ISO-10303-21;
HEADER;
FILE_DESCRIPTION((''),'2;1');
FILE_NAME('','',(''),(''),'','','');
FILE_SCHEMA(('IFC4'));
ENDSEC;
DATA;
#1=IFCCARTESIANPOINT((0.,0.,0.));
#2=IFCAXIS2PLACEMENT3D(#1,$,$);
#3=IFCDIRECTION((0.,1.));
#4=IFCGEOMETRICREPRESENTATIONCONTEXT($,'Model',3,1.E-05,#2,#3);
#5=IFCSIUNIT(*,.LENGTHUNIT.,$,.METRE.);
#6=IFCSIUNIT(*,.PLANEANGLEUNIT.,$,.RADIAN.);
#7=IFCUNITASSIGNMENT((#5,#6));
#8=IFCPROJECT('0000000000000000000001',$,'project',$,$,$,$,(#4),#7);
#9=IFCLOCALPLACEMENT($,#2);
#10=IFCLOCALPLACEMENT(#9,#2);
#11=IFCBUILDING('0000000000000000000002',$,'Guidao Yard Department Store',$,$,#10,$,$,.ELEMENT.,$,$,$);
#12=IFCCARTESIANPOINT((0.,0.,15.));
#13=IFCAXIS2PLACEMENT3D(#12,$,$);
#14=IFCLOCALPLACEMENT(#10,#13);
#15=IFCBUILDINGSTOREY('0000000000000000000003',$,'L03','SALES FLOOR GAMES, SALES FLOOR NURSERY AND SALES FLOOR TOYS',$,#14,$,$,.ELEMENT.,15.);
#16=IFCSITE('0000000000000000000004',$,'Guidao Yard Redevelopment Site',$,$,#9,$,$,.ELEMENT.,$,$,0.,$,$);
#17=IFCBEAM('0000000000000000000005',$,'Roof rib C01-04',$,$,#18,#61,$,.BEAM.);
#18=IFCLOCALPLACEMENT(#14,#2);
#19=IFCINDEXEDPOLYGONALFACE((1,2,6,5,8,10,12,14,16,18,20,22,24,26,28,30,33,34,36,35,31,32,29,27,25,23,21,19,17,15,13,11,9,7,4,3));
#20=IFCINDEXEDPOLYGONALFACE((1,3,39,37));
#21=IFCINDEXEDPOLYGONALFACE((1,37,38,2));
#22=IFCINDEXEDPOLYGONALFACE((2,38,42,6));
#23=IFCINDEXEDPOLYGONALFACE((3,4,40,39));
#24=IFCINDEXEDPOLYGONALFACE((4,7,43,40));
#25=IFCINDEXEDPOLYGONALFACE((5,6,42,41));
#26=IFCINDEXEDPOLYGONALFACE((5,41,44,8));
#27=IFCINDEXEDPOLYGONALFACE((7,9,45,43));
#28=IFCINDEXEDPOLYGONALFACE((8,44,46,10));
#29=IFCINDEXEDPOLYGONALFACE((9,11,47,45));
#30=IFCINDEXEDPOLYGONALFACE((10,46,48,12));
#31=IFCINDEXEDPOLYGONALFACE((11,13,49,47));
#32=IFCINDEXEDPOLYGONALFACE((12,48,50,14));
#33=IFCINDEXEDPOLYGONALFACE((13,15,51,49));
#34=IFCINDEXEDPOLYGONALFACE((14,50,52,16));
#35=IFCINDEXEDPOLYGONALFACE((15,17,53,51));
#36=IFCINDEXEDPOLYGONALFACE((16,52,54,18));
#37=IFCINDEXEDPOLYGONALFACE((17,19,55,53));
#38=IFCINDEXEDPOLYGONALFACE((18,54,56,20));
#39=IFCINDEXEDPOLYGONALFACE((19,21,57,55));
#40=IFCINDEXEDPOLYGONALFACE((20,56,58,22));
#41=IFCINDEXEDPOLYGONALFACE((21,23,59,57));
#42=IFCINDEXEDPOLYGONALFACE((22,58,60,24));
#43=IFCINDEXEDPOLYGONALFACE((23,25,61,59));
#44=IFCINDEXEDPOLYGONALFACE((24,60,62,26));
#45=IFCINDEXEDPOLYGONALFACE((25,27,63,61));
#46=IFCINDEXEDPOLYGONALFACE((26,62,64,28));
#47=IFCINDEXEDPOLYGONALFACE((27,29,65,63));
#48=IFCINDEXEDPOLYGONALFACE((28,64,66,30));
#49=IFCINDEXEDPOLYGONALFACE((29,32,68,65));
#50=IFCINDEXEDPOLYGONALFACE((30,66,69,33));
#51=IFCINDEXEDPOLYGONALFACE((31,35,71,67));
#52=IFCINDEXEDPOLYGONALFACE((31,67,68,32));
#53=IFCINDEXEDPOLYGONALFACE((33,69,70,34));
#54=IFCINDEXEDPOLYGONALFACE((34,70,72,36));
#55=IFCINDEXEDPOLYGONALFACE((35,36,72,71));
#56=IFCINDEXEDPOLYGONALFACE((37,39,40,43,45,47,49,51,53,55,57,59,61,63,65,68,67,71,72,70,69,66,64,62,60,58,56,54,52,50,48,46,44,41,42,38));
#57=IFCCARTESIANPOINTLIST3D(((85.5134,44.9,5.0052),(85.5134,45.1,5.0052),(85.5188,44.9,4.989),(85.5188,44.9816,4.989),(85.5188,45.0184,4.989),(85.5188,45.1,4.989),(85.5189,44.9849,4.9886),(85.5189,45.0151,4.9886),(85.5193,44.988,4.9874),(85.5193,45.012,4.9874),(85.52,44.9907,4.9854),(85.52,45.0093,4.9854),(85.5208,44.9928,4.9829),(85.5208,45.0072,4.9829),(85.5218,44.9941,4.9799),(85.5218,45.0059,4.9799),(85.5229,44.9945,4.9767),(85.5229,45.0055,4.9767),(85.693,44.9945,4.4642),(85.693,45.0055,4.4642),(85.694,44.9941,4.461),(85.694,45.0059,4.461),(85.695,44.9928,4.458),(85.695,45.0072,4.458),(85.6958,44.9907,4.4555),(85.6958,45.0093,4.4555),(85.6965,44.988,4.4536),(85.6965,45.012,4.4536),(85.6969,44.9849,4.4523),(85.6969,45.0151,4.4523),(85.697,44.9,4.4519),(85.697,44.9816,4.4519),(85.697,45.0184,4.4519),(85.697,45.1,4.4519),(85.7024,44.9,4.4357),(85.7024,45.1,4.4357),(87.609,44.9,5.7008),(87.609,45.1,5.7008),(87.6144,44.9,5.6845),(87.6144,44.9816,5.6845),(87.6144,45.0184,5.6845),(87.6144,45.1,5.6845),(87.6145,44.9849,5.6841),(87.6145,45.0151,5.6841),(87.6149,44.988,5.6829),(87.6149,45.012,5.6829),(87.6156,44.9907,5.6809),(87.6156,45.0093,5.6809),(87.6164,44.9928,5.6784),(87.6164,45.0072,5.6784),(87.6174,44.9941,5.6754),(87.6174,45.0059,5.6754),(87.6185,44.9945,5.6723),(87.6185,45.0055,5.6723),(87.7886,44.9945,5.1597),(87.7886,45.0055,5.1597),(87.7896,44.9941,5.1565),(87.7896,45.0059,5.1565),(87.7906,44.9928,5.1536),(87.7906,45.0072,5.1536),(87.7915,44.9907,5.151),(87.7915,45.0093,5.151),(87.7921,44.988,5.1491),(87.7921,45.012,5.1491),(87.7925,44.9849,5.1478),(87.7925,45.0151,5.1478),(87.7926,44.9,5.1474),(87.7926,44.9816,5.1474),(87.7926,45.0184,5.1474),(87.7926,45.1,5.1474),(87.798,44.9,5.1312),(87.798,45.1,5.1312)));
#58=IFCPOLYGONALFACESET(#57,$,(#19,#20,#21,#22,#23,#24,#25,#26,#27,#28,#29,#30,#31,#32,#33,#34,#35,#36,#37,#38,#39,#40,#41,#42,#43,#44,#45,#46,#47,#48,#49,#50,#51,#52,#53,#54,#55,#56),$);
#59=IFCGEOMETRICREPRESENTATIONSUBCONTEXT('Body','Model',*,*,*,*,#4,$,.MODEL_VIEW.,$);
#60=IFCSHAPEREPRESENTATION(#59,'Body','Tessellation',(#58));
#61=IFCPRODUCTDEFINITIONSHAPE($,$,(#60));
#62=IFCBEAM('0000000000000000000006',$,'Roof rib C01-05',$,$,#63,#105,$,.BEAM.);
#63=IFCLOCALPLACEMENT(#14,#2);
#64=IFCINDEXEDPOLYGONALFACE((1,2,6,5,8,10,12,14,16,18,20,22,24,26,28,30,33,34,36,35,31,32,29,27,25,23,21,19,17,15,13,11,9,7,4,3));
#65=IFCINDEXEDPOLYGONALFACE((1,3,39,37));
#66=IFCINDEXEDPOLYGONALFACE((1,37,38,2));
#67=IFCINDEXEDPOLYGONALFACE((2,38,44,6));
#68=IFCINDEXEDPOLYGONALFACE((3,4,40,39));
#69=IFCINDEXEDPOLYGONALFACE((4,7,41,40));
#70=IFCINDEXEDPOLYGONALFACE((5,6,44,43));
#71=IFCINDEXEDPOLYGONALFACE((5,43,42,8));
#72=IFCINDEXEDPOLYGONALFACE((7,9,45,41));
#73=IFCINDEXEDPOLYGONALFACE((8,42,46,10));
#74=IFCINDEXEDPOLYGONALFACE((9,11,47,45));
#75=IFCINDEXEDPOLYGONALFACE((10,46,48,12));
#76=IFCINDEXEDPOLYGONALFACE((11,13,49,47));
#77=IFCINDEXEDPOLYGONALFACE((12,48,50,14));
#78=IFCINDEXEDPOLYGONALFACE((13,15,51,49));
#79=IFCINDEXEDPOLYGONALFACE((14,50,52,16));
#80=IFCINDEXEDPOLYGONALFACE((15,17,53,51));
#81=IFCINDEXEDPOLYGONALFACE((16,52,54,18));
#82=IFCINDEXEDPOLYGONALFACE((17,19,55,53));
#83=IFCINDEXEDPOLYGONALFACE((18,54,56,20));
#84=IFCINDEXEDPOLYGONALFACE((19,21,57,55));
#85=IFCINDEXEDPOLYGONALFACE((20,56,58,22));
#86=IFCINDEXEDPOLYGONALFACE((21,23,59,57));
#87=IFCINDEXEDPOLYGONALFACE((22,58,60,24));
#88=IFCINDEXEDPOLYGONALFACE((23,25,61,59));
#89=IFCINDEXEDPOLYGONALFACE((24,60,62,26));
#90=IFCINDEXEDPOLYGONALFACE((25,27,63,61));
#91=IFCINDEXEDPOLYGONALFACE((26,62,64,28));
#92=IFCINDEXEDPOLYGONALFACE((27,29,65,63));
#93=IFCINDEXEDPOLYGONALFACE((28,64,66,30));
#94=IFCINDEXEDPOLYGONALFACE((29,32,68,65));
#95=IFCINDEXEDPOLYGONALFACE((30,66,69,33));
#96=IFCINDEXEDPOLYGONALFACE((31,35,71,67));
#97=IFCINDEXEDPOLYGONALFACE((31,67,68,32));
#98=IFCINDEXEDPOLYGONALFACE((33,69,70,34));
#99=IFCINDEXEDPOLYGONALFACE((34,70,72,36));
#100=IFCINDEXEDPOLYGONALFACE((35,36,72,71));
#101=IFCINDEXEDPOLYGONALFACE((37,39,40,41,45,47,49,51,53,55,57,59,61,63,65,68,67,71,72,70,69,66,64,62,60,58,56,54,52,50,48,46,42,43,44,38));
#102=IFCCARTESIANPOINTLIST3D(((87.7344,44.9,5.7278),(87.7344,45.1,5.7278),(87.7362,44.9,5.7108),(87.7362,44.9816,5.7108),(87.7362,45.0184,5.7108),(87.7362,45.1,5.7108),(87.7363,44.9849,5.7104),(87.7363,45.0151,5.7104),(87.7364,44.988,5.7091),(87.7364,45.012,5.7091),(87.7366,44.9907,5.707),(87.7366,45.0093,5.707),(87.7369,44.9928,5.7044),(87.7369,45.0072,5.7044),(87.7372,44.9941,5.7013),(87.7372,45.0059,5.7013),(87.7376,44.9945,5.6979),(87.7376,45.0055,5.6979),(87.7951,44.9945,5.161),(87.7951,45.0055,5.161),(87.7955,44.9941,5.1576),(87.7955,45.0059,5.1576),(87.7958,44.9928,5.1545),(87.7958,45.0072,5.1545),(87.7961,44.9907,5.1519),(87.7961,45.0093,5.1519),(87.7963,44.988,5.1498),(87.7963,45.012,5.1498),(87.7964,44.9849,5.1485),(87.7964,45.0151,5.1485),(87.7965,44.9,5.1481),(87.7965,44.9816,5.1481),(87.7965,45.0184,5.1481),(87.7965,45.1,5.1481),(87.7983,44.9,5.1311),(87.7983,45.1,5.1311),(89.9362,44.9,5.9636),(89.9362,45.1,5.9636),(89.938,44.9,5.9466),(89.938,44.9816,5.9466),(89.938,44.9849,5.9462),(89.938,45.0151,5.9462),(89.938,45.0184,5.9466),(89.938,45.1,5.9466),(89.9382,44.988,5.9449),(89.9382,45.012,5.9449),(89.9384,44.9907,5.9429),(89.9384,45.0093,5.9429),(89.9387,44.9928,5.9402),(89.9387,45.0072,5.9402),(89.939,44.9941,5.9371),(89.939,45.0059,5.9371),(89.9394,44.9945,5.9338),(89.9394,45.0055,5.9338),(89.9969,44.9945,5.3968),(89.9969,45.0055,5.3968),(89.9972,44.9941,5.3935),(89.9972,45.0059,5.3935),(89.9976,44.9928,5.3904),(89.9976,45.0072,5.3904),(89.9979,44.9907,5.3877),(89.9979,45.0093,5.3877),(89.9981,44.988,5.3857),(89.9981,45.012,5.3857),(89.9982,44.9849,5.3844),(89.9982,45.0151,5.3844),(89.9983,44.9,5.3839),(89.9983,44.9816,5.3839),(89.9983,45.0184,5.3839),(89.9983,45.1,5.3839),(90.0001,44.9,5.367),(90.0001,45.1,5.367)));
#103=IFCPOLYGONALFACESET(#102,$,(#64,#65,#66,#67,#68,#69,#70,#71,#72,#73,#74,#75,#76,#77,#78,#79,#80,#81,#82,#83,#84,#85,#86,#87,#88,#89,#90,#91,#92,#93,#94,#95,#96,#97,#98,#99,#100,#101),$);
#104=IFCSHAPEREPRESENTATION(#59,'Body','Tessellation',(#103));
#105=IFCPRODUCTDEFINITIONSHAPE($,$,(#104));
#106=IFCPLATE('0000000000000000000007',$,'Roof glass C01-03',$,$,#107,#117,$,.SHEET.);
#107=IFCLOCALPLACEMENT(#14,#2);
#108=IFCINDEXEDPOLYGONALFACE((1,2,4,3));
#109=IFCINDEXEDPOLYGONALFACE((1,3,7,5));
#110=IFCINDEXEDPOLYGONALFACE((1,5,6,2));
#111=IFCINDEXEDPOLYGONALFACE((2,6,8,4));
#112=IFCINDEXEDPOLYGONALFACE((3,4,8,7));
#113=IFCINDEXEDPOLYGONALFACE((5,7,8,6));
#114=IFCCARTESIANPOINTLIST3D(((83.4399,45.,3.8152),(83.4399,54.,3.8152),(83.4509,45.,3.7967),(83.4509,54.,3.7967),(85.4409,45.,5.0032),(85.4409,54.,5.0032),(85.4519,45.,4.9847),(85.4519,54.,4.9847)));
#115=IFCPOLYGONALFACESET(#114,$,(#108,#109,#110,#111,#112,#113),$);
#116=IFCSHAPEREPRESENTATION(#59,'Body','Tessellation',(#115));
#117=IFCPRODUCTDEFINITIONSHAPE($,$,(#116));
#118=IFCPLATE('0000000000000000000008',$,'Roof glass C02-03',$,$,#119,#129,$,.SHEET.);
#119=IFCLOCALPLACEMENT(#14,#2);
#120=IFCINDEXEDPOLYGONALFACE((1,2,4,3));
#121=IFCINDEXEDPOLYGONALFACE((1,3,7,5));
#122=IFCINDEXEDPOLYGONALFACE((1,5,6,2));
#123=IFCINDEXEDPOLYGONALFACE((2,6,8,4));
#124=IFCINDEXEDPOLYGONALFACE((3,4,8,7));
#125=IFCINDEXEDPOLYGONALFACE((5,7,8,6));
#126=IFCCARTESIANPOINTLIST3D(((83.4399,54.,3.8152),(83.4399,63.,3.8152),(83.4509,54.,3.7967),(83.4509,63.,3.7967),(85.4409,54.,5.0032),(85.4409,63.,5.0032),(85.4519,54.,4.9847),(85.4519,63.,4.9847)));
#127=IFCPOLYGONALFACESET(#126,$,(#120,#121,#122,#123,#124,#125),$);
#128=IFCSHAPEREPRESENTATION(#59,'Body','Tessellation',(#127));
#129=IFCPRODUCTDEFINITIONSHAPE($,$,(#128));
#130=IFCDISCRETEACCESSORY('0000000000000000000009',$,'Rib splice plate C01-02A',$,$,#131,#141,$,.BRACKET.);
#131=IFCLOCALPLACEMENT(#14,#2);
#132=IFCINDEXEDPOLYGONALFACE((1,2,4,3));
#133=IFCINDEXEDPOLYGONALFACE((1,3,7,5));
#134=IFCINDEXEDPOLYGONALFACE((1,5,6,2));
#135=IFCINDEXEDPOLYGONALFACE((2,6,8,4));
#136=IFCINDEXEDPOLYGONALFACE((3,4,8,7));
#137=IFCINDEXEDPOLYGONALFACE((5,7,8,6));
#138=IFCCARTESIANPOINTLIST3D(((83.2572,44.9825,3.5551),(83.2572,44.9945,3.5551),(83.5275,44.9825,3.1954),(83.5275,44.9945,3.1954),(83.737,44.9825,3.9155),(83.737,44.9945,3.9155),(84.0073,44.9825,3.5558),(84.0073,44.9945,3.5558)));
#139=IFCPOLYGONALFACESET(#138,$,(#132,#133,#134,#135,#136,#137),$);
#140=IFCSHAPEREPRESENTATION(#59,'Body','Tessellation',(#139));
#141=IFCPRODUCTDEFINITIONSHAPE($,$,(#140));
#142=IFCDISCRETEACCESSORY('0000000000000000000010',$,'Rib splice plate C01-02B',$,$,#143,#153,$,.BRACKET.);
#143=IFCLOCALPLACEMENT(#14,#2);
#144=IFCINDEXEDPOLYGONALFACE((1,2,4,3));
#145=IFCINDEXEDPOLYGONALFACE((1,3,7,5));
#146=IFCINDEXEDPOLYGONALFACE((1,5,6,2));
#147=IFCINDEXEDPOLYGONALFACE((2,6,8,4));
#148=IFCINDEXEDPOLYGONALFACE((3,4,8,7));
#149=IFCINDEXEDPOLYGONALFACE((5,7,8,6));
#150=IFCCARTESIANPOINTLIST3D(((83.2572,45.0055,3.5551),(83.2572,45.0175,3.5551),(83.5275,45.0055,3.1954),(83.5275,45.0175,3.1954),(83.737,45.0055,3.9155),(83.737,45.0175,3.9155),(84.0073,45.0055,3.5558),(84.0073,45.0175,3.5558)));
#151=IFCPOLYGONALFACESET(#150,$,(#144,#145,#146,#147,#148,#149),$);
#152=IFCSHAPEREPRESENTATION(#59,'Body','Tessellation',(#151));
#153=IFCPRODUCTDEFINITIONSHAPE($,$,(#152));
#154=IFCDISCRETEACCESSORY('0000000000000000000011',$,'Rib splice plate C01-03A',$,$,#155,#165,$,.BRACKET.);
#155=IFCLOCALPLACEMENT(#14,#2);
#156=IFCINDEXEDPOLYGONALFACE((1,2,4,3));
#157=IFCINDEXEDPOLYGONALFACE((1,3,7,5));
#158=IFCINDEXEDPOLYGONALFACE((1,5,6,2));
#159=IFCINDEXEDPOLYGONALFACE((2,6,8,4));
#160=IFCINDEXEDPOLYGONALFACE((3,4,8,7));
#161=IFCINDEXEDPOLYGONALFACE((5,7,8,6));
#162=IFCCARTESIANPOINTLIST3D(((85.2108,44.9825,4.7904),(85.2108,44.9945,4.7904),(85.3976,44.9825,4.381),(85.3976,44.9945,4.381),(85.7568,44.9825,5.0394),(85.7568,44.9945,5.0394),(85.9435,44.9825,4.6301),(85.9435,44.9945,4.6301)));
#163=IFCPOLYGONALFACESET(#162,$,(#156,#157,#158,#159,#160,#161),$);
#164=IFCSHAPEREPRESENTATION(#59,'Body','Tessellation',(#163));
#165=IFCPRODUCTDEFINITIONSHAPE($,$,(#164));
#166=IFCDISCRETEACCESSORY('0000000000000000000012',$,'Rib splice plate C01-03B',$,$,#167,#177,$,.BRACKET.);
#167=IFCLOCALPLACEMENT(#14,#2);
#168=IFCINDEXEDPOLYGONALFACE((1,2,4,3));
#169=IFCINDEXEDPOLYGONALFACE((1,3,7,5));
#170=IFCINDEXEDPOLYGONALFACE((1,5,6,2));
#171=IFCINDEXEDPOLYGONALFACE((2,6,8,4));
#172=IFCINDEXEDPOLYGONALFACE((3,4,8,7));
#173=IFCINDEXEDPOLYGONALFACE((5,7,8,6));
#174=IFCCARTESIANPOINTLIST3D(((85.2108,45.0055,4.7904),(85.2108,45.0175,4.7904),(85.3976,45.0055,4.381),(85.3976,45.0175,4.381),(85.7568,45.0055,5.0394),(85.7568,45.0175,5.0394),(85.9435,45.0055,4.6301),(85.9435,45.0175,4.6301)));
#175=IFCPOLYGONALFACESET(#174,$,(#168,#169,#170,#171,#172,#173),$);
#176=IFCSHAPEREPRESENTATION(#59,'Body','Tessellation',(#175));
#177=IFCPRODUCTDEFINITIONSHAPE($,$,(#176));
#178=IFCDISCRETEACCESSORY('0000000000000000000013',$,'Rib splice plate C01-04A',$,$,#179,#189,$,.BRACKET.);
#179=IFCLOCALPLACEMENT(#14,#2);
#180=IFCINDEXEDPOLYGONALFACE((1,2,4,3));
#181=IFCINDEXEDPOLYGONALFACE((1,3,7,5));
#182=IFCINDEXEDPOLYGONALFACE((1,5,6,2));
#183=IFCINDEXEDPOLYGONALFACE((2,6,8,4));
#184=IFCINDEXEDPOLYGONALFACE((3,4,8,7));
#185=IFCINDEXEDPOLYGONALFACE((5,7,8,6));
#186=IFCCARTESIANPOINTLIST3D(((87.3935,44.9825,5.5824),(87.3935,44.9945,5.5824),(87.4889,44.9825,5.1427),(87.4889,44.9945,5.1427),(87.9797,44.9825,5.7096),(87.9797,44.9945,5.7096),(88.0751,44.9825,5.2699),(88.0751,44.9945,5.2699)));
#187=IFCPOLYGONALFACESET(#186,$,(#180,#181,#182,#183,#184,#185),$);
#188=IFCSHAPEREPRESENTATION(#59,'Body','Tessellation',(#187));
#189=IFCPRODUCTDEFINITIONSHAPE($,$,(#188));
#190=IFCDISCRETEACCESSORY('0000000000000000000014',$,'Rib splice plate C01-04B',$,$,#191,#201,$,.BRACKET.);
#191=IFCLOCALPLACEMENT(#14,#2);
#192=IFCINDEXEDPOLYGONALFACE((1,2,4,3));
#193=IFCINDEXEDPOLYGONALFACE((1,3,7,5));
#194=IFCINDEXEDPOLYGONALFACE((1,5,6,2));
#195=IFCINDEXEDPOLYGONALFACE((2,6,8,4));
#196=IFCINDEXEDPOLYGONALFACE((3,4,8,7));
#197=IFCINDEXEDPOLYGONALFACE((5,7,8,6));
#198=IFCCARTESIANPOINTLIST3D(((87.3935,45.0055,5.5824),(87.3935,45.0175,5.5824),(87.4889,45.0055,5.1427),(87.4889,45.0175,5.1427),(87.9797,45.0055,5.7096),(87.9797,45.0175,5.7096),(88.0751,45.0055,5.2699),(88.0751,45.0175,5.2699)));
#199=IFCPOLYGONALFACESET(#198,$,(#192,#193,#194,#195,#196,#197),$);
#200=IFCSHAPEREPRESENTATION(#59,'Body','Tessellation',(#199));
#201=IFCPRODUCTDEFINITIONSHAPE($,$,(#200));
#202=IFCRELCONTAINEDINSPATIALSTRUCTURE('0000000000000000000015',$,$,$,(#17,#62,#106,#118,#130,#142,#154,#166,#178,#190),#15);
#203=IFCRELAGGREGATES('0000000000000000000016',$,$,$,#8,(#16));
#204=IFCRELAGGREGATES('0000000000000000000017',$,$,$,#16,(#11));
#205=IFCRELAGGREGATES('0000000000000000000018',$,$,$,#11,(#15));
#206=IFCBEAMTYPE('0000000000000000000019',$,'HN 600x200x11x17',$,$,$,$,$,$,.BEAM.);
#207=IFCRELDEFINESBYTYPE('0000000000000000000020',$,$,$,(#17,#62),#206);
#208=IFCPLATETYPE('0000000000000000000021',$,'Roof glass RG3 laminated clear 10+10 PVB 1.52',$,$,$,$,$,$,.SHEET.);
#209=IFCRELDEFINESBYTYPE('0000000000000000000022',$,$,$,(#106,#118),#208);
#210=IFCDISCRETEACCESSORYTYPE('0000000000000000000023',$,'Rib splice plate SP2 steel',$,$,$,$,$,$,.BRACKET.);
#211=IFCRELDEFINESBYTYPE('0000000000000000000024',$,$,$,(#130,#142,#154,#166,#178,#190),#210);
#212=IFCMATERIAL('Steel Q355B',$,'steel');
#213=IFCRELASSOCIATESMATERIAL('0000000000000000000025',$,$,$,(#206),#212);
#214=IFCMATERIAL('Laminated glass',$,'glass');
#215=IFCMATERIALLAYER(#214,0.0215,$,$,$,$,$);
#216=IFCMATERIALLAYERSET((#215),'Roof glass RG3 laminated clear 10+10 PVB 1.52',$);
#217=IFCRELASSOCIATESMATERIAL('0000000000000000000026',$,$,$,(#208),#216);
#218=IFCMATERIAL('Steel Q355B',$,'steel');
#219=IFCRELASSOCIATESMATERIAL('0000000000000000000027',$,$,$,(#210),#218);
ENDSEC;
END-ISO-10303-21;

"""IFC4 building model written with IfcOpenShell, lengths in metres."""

from ifc_helpers import new_model, si_unit, direction, frame, origin, origin_2d, place, context, subcontext, project, spatial, polyline, rectangle, i_section, outline, extrude, material, layer, layer_set, material_profile, profile_set, type_object, element, save


model = new_model("IFC4")

# Units and contexts
model_context = context("Model", 3, precision=1e-05, world=origin(), true_north=direction((0.0, 1.0)))
body_context = subcontext(model_context, "Body", "Model", "MODEL_VIEW")
ifc_project = project(units=[si_unit("LENGTHUNIT", "METRE"), si_unit("PLANEANGLEUNIT", "RADIAN")], contexts=[model_context])

# Site, building, storey
site_placement = place(None, origin())
site = spatial("IfcSite", under=ifc_project, at=site_placement, Name="Guidao Yard Redevelopment Site", CompositionType="ELEMENT", RefElevation=0.0)
building_placement = place(site_placement, origin())
building = spatial("IfcBuilding", under=site, at=building_placement, Name="Guidao Yard Department Store", CompositionType="ELEMENT")
storey_placement = place(building_placement, frame((0.0, 0.0, 15.0)))
storey = spatial("IfcBuildingStorey", under=building, at=storey_placement, Name="L03", Description="SALES FLOOR GAMES, SALES FLOOR NURSERY AND SALES FLOOR TOYS", CompositionType="ELEMENT", Elevation=15.0)

# Beams
ifc_material_1 = material(Name="Steel Q355B", Category="steel")
ifc_material_profile_1 = material_profile(ifc_material_1, i_section(OverallWidth=0.2, OverallDepth=0.6001, WebThickness=0.011, FlangeThickness=0.0171, FilletRadius=0.0129, at=origin_2d()), Name="HN 600x200x11x17")
ifc_profile_set_1 = profile_set([ifc_material_profile_1], Name="Steel Q355B")
beam_type = type_object("IfcBeamType", Name="HN 600x200x11x17", PredefinedType="BEAM", material=ifc_profile_set_1)
beam_1_placement = place(storey_placement, frame((85.6079, 45.0, 4.7205), z_axis=(0.949092, 0.0, 0.315), x_axis=(0.0, 1.0, 0.0)))
element("IfcBeam", 1, at=beam_1_placement, inside=storey, type_object=beam_type, Name="Roof rib C01-04", PredefinedType="BEAM", context=body_context, shape_type="SweptSolid", body=[
    extrude(i_section(OverallWidth=0.2, OverallDepth=0.6001, WebThickness=0.011, FlangeThickness=0.0171, FilletRadius=0.0129, at=origin_2d()), origin(), (0.0, 0.0, 1.0), 2.208),
])
beam_2_placement = place(storey_placement, frame((87.7664, 45.0, 5.4294), z_axis=(0.994312, 0.0, 0.10651), x_axis=(0.0, 1.0, 0.0)))
element("IfcBeam", 2, at=beam_2_placement, inside=storey, type_object=beam_type, Name="Roof rib C01-05", PredefinedType="BEAM", context=body_context, shape_type="SweptSolid", body=[
    extrude(i_section(OverallWidth=0.2, OverallDepth=0.6001, WebThickness=0.011, FlangeThickness=0.0171, FilletRadius=0.0129, at=origin_2d()), origin(), (0.0, 0.0, 1.0), 2.2144),
])

# Plates
ifc_material_2 = material(Name="Laminated glass", Category="glass")
ifc_layer = layer(ifc_material_2, 0.0215)
ifc_layer_set = layer_set([ifc_layer], Name="Roof glass RG3 laminated clear 10+10 PVB 1.52")
plate_type = type_object("IfcPlateType", Name="Roof glass RG3 laminated clear 10+10 PVB 1.52", PredefinedType="SHEET", material=ifc_layer_set)
for number, where, z_axis, x_axis, name in (
    (3, (83.4399, 45.0, 3.8152), (-0.51051, 0.0, 0.859872), (0.859872, 0.0, 0.51051), "Roof glass C01-03"),
    (4, (83.4399, 54.0, 3.8152), (-0.51051, 0.0, 0.859872), (0.859872, 0.0, 0.51051), "Roof glass C02-03"),
):
    element("IfcPlate", number, at=place(storey_placement, frame(where, z_axis=z_axis, x_axis=x_axis)), inside=storey, type_object=plate_type, Name=name, PredefinedType="SHEET", context=body_context, shape_type="SweptSolid", body=[
        extrude(outline(polyline([(0.0, 0.0), (2.3271, 0.0), (2.3271, 9.0), (0.0, 9.0), (0.0, 0.0)])), origin(), (0.0, 0.0, -1.0), 0.0215),
    ])

# Discrete accessories
ifc_material_3 = material(Name="Steel Q355B", Category="steel")
ifc_material_profile_2 = material_profile(ifc_material_3, rectangle(XDim=0.012, YDim=0.45, at=origin_2d()), Name="Splice plate 450x12")
ifc_profile_set_2 = profile_set([ifc_material_profile_2], Name="Steel Q355B")
discrete_accessory_type_1 = type_object("IfcDiscreteAccessoryType", Name="Rib splice plate SP2 steel", PredefinedType="BRACKET", material=ifc_profile_set_2)
for number, where, z_axis, x_axis, name in (
    (5, (83.3923, 44.9885, 3.3752), (0.79956, 0.0, 0.600586), (0.0, 1.0, 0.0), "Rib splice plate C01-02A"),
    (6, (83.3923, 45.0115, 3.3752), (0.79956, 0.0, 0.600586), (0.0, 1.0, 0.0), "Rib splice plate C01-02B"),
    (7, (85.3042, 44.9885, 4.5857), (0.909808, 0.0, 0.415029), (0.0, 1.0, 0.0), "Rib splice plate C01-03A"),
    (8, (85.3042, 45.0115, 4.5857), (0.909808, 0.0, 0.415029), (0.0, 1.0, 0.0), "Rib splice plate C01-03B"),
):
    element("IfcDiscreteAccessory", number, at=place(storey_placement, frame(where, z_axis=z_axis, x_axis=x_axis)), inside=storey, type_object=discrete_accessory_type_1, Name=name, PredefinedType="BRACKET", context=body_context, shape_type="SweptSolid", body=[
        extrude(rectangle(XDim=0.012, YDim=0.45, at=origin_2d()), origin(), (0.0, 0.0, 1.0), 0.6001),
    ])
for number, where, z_axis, x_axis, name in (
    (9, (87.4412, 44.9885, 5.3625), (0.977257, 0.0, 0.212058), (0.0, 1.0, 0.0), "Rib splice plate C01-04A"),
    (10, (87.4412, 45.0115, 5.3625), (0.977257, 0.0, 0.212058), (0.0, 1.0, 0.0), "Rib splice plate C01-04B"),
):
    element("IfcDiscreteAccessory", number, at=place(storey_placement, frame(where, z_axis=z_axis, x_axis=x_axis)), inside=storey, type_object=discrete_accessory_type_1, Name=name, PredefinedType="BRACKET", context=body_context, shape_type="SweptSolid", body=[
        extrude(rectangle(XDim=0.012, YDim=0.45, at=origin_2d()), origin(), (0.0, 0.0, 1.0), 0.5999),
    ])

save(model, "model.ifc")
